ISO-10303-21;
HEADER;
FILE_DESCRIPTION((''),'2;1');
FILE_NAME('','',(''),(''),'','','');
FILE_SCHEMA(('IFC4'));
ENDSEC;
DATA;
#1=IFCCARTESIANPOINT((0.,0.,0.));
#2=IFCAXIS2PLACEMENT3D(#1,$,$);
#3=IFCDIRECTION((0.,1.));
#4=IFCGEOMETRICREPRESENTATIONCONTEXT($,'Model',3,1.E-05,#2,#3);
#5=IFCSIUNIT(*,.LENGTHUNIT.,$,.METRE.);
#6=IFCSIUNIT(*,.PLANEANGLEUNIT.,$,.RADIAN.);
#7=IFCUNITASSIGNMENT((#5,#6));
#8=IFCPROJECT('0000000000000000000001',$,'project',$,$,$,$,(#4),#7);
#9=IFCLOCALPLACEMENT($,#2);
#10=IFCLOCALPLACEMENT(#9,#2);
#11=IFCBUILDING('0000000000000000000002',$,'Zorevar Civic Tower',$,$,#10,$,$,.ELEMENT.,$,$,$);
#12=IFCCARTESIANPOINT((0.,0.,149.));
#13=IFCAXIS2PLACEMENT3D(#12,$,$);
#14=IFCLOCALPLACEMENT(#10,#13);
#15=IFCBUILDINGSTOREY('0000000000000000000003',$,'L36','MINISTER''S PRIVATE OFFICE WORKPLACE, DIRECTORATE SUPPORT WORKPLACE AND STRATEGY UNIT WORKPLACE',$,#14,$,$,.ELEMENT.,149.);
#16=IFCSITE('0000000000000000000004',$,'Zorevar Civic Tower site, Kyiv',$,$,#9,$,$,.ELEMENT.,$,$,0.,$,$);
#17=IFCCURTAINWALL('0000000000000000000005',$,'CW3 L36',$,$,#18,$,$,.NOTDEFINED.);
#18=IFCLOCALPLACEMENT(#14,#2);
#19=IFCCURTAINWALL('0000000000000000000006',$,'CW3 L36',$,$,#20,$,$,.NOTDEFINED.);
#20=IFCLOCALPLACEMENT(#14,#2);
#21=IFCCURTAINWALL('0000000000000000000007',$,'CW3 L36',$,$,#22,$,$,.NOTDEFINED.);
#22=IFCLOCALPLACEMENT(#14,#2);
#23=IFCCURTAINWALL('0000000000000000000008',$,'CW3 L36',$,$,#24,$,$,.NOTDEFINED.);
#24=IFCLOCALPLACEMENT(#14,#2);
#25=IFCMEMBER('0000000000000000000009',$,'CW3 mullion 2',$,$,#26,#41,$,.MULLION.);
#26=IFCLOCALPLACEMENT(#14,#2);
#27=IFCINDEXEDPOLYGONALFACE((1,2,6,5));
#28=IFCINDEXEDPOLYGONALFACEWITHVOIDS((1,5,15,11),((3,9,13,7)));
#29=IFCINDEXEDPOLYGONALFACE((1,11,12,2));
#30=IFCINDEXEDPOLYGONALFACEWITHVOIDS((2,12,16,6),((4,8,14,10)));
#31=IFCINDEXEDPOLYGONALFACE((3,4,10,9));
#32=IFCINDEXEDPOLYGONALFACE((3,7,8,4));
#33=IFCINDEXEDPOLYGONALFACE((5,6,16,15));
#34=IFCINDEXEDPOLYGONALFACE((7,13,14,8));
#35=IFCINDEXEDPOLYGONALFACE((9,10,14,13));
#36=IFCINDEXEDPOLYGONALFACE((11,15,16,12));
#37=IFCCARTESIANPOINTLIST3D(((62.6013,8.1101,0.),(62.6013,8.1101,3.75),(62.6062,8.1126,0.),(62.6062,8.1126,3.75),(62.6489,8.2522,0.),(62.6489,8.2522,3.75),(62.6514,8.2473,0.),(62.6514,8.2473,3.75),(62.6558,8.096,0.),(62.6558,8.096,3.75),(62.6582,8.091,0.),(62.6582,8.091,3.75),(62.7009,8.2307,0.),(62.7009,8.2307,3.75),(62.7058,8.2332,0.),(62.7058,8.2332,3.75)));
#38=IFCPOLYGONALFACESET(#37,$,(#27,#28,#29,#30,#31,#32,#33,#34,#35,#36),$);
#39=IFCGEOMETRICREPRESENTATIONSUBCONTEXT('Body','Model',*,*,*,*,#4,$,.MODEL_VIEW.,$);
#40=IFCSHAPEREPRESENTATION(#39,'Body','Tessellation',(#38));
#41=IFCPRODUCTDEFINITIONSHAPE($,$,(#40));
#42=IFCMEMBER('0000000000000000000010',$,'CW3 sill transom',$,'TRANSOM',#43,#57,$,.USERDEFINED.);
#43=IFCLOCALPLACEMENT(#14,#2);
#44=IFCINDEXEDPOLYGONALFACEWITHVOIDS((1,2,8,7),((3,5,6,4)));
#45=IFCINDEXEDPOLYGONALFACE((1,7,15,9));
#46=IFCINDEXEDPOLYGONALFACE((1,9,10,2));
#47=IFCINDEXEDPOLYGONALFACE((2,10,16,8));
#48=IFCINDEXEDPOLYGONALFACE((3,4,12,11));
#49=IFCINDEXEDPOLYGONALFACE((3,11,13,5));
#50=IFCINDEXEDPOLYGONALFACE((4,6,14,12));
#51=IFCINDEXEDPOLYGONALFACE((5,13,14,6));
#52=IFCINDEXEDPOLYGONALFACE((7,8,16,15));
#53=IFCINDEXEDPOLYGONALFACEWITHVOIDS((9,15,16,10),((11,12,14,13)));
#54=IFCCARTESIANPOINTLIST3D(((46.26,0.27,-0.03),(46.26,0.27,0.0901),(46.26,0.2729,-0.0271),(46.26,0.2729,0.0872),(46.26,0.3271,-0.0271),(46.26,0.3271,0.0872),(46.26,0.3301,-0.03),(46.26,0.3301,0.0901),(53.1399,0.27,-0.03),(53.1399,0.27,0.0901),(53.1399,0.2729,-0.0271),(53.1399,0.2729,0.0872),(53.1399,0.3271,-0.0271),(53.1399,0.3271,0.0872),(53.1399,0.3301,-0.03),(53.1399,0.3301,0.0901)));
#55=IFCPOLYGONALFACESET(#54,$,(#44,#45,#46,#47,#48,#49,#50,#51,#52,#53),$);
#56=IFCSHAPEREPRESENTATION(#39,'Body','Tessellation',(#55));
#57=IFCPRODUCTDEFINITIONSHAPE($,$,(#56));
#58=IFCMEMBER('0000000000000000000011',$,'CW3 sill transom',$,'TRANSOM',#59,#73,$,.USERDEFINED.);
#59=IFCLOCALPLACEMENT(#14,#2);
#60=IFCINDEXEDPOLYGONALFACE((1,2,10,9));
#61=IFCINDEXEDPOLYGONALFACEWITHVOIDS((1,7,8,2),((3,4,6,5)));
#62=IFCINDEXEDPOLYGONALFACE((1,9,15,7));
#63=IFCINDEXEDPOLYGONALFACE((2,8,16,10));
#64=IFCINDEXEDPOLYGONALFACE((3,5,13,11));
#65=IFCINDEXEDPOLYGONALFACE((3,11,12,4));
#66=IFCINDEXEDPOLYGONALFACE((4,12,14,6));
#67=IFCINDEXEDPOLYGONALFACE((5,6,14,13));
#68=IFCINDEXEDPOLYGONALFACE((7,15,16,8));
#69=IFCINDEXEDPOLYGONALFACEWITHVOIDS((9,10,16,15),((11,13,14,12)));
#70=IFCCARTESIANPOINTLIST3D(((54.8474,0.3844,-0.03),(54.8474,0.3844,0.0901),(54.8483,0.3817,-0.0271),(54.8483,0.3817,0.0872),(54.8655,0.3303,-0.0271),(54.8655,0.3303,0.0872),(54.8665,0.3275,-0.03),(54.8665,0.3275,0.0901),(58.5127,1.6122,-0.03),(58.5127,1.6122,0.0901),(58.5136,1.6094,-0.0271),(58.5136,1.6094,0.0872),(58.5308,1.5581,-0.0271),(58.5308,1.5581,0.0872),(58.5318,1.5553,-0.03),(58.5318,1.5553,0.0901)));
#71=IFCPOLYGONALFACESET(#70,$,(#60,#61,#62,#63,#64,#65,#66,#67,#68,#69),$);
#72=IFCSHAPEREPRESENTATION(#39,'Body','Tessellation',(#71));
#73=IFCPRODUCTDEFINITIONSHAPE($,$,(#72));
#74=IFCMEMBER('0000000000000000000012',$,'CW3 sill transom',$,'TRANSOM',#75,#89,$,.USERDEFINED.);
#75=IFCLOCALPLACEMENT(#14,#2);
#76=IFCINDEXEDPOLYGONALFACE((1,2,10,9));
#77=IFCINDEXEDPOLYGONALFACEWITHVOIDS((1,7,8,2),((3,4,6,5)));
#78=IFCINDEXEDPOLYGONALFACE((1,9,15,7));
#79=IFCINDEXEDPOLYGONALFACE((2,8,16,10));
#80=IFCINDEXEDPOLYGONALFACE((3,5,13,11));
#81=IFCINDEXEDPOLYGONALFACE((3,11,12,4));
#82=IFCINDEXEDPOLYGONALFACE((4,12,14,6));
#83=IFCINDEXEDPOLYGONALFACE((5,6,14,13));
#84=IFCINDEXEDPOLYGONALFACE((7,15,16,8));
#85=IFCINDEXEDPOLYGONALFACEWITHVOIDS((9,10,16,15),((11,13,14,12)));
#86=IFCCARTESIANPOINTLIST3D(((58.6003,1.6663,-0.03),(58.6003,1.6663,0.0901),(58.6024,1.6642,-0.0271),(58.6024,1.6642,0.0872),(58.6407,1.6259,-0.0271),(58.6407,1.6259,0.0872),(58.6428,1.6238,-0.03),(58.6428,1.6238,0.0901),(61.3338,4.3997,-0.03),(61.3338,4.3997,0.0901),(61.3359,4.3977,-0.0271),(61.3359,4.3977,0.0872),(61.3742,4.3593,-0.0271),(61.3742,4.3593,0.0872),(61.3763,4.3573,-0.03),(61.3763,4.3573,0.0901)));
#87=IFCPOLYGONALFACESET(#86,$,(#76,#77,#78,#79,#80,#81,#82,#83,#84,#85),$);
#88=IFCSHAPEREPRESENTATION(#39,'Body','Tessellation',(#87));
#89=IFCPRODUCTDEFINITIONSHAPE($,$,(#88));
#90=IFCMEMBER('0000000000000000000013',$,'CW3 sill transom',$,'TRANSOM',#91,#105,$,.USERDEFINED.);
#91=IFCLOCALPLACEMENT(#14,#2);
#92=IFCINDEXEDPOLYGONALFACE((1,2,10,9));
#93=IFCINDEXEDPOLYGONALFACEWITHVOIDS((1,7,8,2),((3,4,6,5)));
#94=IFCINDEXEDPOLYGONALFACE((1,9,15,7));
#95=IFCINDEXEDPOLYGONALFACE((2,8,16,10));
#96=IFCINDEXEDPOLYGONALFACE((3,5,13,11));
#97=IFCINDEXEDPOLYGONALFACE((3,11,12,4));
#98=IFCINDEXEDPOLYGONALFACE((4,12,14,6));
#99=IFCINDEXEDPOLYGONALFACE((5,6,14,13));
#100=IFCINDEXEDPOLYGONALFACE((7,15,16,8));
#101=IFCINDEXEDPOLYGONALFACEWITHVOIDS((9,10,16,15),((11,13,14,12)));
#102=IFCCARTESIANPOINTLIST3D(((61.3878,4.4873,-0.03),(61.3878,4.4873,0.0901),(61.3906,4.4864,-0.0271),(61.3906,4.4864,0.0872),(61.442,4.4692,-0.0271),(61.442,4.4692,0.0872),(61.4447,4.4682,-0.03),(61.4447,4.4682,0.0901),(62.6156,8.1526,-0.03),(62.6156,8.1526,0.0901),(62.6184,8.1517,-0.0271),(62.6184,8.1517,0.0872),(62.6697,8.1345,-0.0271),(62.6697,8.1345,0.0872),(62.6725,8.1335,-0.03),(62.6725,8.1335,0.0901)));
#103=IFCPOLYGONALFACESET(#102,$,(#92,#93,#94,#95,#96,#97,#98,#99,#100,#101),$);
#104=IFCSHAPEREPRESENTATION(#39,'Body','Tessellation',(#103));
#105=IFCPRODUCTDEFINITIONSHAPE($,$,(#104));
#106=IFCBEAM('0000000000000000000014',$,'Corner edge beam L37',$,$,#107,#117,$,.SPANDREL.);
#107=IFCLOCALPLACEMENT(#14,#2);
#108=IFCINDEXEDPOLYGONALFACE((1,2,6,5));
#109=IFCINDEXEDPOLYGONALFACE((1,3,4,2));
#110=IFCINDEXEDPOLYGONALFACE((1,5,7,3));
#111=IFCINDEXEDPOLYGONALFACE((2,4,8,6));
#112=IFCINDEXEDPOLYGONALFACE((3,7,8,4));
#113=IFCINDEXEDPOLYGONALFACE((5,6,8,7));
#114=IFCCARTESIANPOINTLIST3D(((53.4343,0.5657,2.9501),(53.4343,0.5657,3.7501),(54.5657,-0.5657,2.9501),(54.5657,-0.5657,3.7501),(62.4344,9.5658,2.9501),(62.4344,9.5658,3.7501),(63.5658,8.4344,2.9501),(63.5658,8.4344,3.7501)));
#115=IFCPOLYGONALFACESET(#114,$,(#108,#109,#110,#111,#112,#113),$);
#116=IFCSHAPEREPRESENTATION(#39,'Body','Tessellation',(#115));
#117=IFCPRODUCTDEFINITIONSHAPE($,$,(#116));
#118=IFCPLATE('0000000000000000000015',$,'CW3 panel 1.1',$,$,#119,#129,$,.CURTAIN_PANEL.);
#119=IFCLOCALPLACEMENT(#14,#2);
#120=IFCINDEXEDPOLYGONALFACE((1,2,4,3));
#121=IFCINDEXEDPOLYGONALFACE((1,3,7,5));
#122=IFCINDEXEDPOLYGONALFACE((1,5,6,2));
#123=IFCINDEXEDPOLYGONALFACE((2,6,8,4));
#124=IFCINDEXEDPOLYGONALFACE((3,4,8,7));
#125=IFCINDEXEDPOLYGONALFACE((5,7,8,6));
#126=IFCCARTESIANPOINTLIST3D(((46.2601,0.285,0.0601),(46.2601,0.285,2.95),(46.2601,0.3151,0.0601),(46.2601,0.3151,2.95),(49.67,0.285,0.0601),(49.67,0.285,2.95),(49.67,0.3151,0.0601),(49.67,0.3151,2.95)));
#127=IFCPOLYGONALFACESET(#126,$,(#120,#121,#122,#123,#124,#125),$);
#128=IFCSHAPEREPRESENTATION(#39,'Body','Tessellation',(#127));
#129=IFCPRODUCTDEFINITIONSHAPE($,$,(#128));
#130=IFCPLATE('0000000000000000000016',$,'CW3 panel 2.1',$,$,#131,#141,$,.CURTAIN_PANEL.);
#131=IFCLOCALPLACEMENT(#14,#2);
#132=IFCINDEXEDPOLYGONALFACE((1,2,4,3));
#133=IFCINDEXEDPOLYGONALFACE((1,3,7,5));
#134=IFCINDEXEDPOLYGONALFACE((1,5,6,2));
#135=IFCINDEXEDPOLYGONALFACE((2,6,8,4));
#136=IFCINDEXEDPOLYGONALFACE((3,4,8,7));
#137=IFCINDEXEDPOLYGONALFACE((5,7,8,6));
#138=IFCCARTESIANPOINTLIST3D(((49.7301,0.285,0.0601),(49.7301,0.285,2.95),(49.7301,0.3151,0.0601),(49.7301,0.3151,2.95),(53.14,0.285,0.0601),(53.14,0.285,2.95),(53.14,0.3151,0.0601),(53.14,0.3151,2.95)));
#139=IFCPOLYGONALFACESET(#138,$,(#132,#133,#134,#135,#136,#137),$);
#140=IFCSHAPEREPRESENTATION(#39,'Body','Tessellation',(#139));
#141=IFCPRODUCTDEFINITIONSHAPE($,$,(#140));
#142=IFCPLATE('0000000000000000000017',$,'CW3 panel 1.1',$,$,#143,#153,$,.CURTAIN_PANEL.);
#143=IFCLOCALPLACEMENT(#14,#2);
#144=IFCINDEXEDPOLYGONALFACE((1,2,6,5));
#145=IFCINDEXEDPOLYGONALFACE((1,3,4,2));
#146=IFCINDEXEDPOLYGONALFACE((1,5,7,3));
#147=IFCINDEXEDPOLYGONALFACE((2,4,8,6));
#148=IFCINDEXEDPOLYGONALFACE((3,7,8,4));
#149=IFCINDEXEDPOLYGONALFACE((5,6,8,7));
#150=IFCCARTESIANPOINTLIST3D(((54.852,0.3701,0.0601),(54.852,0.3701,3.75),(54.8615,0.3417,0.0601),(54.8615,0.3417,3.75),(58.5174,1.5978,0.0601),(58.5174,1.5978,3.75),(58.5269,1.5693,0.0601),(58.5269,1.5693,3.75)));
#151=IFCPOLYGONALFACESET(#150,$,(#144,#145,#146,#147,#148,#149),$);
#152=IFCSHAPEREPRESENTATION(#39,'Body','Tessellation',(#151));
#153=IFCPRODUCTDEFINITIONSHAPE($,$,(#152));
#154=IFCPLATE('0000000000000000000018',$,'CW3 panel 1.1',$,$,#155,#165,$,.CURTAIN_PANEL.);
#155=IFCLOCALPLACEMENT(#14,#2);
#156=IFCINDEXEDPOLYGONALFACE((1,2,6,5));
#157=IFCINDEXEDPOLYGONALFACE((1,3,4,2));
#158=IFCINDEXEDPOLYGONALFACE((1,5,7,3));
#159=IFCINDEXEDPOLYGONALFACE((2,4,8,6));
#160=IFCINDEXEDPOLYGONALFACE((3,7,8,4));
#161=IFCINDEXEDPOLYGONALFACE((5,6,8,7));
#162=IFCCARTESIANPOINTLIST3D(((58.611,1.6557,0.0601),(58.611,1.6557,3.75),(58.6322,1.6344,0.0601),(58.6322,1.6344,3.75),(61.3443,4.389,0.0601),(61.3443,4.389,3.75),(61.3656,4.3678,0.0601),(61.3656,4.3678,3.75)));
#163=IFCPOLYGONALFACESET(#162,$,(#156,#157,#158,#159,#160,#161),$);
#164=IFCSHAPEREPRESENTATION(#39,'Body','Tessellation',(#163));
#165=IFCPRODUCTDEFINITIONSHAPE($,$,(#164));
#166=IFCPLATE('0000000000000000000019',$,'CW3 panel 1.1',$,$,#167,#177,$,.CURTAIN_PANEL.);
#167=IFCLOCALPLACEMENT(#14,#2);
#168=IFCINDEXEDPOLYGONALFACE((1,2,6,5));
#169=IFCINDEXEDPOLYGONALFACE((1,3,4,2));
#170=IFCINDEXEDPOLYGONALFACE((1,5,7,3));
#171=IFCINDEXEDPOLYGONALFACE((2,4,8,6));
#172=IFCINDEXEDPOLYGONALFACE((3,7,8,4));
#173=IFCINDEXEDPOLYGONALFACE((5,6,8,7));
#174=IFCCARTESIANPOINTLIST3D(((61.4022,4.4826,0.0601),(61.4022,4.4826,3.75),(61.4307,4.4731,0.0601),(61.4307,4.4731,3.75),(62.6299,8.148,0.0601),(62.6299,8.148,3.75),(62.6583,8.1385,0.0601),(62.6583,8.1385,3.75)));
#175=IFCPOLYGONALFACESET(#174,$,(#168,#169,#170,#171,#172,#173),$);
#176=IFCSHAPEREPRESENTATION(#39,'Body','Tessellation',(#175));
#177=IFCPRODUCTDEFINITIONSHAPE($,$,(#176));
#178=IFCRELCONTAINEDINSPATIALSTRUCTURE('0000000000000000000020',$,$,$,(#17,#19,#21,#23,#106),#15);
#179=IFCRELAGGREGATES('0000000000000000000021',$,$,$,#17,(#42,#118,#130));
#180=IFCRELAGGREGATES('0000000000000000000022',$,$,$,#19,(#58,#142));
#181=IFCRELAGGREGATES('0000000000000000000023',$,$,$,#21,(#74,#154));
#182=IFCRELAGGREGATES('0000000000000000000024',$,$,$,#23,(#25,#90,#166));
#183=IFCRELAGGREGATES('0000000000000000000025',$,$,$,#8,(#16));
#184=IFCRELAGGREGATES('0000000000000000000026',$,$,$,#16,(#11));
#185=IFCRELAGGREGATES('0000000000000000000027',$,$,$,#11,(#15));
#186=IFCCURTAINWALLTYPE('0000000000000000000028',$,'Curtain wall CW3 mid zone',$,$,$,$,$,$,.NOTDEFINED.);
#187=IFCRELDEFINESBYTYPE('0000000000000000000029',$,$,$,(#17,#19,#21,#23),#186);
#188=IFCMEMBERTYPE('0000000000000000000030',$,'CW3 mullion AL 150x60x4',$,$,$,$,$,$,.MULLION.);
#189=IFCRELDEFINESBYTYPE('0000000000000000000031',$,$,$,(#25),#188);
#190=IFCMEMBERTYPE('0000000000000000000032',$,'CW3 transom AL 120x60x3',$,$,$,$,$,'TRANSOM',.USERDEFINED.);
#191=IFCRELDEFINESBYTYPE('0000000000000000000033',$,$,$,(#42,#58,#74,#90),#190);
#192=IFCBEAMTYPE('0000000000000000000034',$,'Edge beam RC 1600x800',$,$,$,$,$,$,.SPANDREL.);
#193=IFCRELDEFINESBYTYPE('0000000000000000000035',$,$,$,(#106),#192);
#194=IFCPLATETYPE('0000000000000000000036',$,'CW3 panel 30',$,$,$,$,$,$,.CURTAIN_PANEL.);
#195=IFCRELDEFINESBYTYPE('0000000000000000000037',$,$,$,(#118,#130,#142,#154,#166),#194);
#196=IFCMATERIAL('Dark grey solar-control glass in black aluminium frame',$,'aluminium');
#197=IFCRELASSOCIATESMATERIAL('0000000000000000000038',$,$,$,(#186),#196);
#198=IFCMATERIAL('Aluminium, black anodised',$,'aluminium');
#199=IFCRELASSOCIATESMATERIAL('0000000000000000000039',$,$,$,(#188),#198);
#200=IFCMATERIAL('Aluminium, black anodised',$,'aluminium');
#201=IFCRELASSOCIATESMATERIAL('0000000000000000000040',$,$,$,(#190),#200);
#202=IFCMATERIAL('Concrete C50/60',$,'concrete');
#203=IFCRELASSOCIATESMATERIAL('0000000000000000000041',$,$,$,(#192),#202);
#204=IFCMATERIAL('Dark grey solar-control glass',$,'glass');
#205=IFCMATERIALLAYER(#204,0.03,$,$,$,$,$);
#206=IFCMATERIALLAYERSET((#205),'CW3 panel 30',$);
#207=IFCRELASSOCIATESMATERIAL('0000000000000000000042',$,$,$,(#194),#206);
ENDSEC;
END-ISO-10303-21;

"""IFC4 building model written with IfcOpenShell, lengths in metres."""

from ifc_helpers import new_model, si_unit, direction, frame, origin, origin_2d, place, context, subcontext, project, spatial, rectangle, hollow_rectangle, extrude, material, layer, layer_set, material_profile, profile_set, type_object, element, aggregate, save


model = new_model("IFC4")

# Units and contexts
model_context = context("Model", 3, precision=1e-05, world=origin(), true_north=direction((0.0, 1.0)))
body_context = subcontext(model_context, "Body", "Model", "MODEL_VIEW")
ifc_project = project(units=[si_unit("LENGTHUNIT", "METRE"), si_unit("PLANEANGLEUNIT", "RADIAN")], contexts=[model_context])

# Site, building, storey
site_placement = place(None, origin())
site = spatial("IfcSite", under=ifc_project, at=site_placement, Name="Zorevar Civic Tower site, Kyiv", CompositionType="ELEMENT", RefElevation=0.0)
building_placement = place(site_placement, origin())
building = spatial("IfcBuilding", under=site, at=building_placement, Name="Zorevar Civic Tower", CompositionType="ELEMENT")
storey_placement = place(building_placement, frame((0.0, 0.0, 149.0)))
storey = spatial("IfcBuildingStorey", under=building, at=storey_placement, Name="L36", Description="MINISTER'S PRIVATE OFFICE WORKPLACE, DIRECTORATE SUPPORT WORKPLACE AND STRATEGY UNIT WORKPLACE", CompositionType="ELEMENT", Elevation=149.0)

# Curtain walls, member
ifc_material_1 = material(Name="Dark grey solar-control glass in black aluminium frame", Category="aluminium")
curtain_wall_type = type_object("IfcCurtainWallType", Name="Curtain wall CW3 mid zone", PredefinedType="NOTDEFINED", material=ifc_material_1)
curtain_wall_1_placement = place(storey_placement, origin())
curtain_wall_1 = element("IfcCurtainWall", 1, at=curtain_wall_1_placement, inside=storey, type_object=curtain_wall_type, Name="CW3 L36", PredefinedType="NOTDEFINED")
ifc_material_2 = material(Name="Aluminium, black anodised", Category="aluminium")
ifc_material_profile_1 = material_profile(ifc_material_2, hollow_rectangle(XDim=0.0601, YDim=0.1499, WallThickness=0.0039, at=origin_2d()), Name="AL 150x60x4")
ifc_profile_set_1 = profile_set([ifc_material_profile_1], Name="Aluminium, black anodised")
member_type_1 = type_object("IfcMemberType", Name="CW3 mullion AL 150x60x4", PredefinedType="MULLION", material=ifc_profile_set_1)
curtain_wall_2_placement = place(storey_placement, origin())
curtain_wall_2 = element("IfcCurtainWall", 2, at=curtain_wall_2_placement, inside=storey, type_object=curtain_wall_type, Name="CW3 L36", PredefinedType="NOTDEFINED")
curtain_wall_3_placement = place(storey_placement, origin())
curtain_wall_3 = element("IfcCurtainWall", 3, at=curtain_wall_3_placement, inside=storey, type_object=curtain_wall_type, Name="CW3 L36", PredefinedType="NOTDEFINED")
curtain_wall_4_placement = place(storey_placement, origin())
curtain_wall_4 = element("IfcCurtainWall", 4, at=curtain_wall_4_placement, inside=storey, type_object=curtain_wall_type, Name="CW3 L36", PredefinedType="NOTDEFINED")
member_1_placement = place(storey_placement, frame((62.6536, 8.1716, 0.0), z_axis=(0.0, 0.0, 1.0), x_axis=(-0.948227, 0.317593, 0.0)))
member_1 = element("IfcMember", 5, at=member_1_placement, type_object=member_type_1, Name="CW3 mullion 2", PredefinedType="MULLION", context=body_context, shape_type="SweptSolid", body=[
    extrude(hollow_rectangle(XDim=0.0601, YDim=0.1499, WallThickness=0.0039, at=origin_2d()), origin(), (0.0, 0.0, 1.0), 3.75),
])

# Members
ifc_material_3 = material(Name="Aluminium, black anodised", Category="aluminium")
ifc_material_profile_2 = material_profile(ifc_material_3, hollow_rectangle(XDim=0.0601, YDim=0.1201, WallThickness=0.0029, at=origin_2d()), Name="AL 120x60x3")
ifc_profile_set_2 = profile_set([ifc_material_profile_2], Name="Aluminium, black anodised")
member_type_2 = type_object("IfcMemberType", Name="CW3 transom AL 120x60x3", ElementType="TRANSOM", PredefinedType="USERDEFINED", material=ifc_profile_set_2)
member_2_placement = place(storey_placement, frame((46.26, 0.3, 0.03), z_axis=(1.0, 0.0, 0.0), x_axis=(0.0, 1.0, 0.0)))
member_2 = element("IfcMember", 6, at=member_2_placement, type_object=member_type_2, Name="CW3 sill transom", ObjectType="TRANSOM", PredefinedType="USERDEFINED", context=body_context, shape_type="SweptSolid", body=[
    extrude(hollow_rectangle(XDim=0.0601, YDim=0.1201, WallThickness=0.0029, at=origin_2d()), origin(), (0.0, 0.0, 1.0), 6.8799),
])
member_3_placement = place(storey_placement, frame((54.8569, 0.356, 0.03), z_axis=(0.948215, 0.31763, 0.0), x_axis=(-0.31763, 0.948215, 0.0)))
member_3 = element("IfcMember", 7, at=member_3_placement, type_object=member_type_2, Name="CW3 sill transom", ObjectType="TRANSOM", PredefinedType="USERDEFINED", context=body_context, shape_type="SweptSolid", body=[
    extrude(hollow_rectangle(XDim=0.0601, YDim=0.1201, WallThickness=0.0029, at=origin_2d()), origin(), (0.0, 0.0, 1.0), 3.8655),
])
member_4_placement = place(storey_placement, frame((58.6216, 1.645, 0.03), z_axis=(0.707107, 0.707107, 0.0), x_axis=(-0.707107, 0.707107, 0.0)))
member_4 = element("IfcMember", 8, at=member_4_placement, type_object=member_type_2, Name="CW3 sill transom", ObjectType="TRANSOM", PredefinedType="USERDEFINED", context=body_context, shape_type="SweptSolid", body=[
    extrude(hollow_rectangle(XDim=0.0601, YDim=0.1201, WallThickness=0.0029, at=origin_2d()), origin(), (0.0, 0.0, 1.0), 3.8657),
])
member_5_placement = place(storey_placement, frame((61.4163, 4.4778, 0.03), z_axis=(0.31763, 0.948215, 0.0), x_axis=(-0.948215, 0.31763, 0.0)))
member_5 = element("IfcMember", 9, at=member_5_placement, type_object=member_type_2, Name="CW3 sill transom", ObjectType="TRANSOM", PredefinedType="USERDEFINED", context=body_context, shape_type="SweptSolid", body=[
    extrude(hollow_rectangle(XDim=0.0601, YDim=0.1201, WallThickness=0.0029, at=origin_2d()), origin(), (0.0, 0.0, 1.0), 3.8655),
])

# Beam
ifc_material_4 = material(Name="Concrete C50/60", Category="concrete")
ifc_material_profile_3 = material_profile(ifc_material_4, rectangle(XDim=1.6001, YDim=0.8, at=origin_2d()), Name="RC 1600x800")
ifc_profile_set_3 = profile_set([ifc_material_profile_3], Name="Concrete C50/60")
beam_type_1 = type_object("IfcBeamType", Name="Edge beam RC 1600x800", PredefinedType="SPANDREL", material=ifc_profile_set_3)
beam_1_placement = place(storey_placement, frame((54.0, 0.0, 3.3501), z_axis=(0.707107, 0.707107, 0.0), x_axis=(-0.707107, 0.707107, 0.0)))
element("IfcBeam", 10, at=beam_1_placement, inside=storey, type_object=beam_type_1, Name="Corner edge beam L37", PredefinedType="SPANDREL", context=body_context, shape_type="SweptSolid", body=[
    extrude(rectangle(XDim=1.6001, YDim=0.8, at=origin_2d()), origin(), (0.0, 0.0, 1.0), 12.728),
])

# Plates
ifc_material_5 = material(Name="Dark grey solar-control glass", Category="glass")
ifc_layer_1 = layer(ifc_material_5, 0.03)
ifc_layer_set_1 = layer_set([ifc_layer_1], Name="CW3 panel 30")
plate_type = type_object("IfcPlateType", Name="CW3 panel 30", PredefinedType="CURTAIN_PANEL", material=ifc_layer_set_1)
plate_1_placement = place(storey_placement, frame((47.9651, 0.3, 0.0601), z_axis=(0.0, 0.0, 1.0), x_axis=(1.0, 0.0, 0.0)))
plate_1 = element("IfcPlate", 11, at=plate_1_placement, type_object=plate_type, Name="CW3 panel 1.1", PredefinedType="CURTAIN_PANEL", context=body_context, shape_type="SweptSolid", body=[
    extrude(rectangle(XDim=3.4099, YDim=0.03, at=origin_2d()), origin(), (0.0, 0.0, 1.0), 2.8899),
])
plate_2_placement = place(storey_placement, frame((51.4351, 0.3, 0.0601), z_axis=(0.0, 0.0, 1.0), x_axis=(1.0, 0.0, 0.0)))
plate_2 = element("IfcPlate", 12, at=plate_2_placement, type_object=plate_type, Name="CW3 panel 2.1", PredefinedType="CURTAIN_PANEL", context=body_context, shape_type="SweptSolid", body=[
    extrude(rectangle(XDim=3.4099, YDim=0.03, at=origin_2d()), origin(), (0.0, 0.0, 1.0), 2.8899),
])
aggregate(curtain_wall_1, [member_2, plate_1, plate_2])
plate_3_placement = place(storey_placement, frame((56.6895, 0.9697, 0.0601), z_axis=(0.0, 0.0, 1.0), x_axis=(0.948227, 0.317593, 0.0)))
plate_3 = element("IfcPlate", 13, at=plate_3_placement, type_object=plate_type, Name="CW3 panel 1.1", PredefinedType="CURTAIN_PANEL", context=body_context, shape_type="SweptSolid", body=[
    extrude(rectangle(XDim=3.8655, YDim=0.03, at=origin_2d()), origin(), (0.0, 0.0, 1.0), 3.6899),
])
aggregate(curtain_wall_2, [member_3, plate_3])
plate_4_placement = place(storey_placement, frame((59.9883, 3.0117, 0.0601), z_axis=(0.0, 0.0, 1.0), x_axis=(0.707107, 0.707107, 0.0)))
plate_4 = element("IfcPlate", 14, at=plate_4_placement, type_object=plate_type, Name="CW3 panel 1.1", PredefinedType="CURTAIN_PANEL", context=body_context, shape_type="SweptSolid", body=[
    extrude(rectangle(XDim=3.8655, YDim=0.03, at=origin_2d()), origin(), (0.0, 0.0, 1.0), 3.6899),
])
aggregate(curtain_wall_3, [member_4, plate_4])
plate_5_placement = place(storey_placement, frame((62.0303, 6.3105, 0.0601), z_axis=(0.0, 0.0, 1.0), x_axis=(0.317593, 0.948227, 0.0)))
plate_5 = element("IfcPlate", 15, at=plate_5_placement, type_object=plate_type, Name="CW3 panel 1.1", PredefinedType="CURTAIN_PANEL", context=body_context, shape_type="SweptSolid", body=[
    extrude(rectangle(XDim=3.8655, YDim=0.03, at=origin_2d()), origin(), (0.0, 0.0, 1.0), 3.6899),
])
aggregate(curtain_wall_4, [member_1, member_5, plate_5])

save(model, "model.ifc")
